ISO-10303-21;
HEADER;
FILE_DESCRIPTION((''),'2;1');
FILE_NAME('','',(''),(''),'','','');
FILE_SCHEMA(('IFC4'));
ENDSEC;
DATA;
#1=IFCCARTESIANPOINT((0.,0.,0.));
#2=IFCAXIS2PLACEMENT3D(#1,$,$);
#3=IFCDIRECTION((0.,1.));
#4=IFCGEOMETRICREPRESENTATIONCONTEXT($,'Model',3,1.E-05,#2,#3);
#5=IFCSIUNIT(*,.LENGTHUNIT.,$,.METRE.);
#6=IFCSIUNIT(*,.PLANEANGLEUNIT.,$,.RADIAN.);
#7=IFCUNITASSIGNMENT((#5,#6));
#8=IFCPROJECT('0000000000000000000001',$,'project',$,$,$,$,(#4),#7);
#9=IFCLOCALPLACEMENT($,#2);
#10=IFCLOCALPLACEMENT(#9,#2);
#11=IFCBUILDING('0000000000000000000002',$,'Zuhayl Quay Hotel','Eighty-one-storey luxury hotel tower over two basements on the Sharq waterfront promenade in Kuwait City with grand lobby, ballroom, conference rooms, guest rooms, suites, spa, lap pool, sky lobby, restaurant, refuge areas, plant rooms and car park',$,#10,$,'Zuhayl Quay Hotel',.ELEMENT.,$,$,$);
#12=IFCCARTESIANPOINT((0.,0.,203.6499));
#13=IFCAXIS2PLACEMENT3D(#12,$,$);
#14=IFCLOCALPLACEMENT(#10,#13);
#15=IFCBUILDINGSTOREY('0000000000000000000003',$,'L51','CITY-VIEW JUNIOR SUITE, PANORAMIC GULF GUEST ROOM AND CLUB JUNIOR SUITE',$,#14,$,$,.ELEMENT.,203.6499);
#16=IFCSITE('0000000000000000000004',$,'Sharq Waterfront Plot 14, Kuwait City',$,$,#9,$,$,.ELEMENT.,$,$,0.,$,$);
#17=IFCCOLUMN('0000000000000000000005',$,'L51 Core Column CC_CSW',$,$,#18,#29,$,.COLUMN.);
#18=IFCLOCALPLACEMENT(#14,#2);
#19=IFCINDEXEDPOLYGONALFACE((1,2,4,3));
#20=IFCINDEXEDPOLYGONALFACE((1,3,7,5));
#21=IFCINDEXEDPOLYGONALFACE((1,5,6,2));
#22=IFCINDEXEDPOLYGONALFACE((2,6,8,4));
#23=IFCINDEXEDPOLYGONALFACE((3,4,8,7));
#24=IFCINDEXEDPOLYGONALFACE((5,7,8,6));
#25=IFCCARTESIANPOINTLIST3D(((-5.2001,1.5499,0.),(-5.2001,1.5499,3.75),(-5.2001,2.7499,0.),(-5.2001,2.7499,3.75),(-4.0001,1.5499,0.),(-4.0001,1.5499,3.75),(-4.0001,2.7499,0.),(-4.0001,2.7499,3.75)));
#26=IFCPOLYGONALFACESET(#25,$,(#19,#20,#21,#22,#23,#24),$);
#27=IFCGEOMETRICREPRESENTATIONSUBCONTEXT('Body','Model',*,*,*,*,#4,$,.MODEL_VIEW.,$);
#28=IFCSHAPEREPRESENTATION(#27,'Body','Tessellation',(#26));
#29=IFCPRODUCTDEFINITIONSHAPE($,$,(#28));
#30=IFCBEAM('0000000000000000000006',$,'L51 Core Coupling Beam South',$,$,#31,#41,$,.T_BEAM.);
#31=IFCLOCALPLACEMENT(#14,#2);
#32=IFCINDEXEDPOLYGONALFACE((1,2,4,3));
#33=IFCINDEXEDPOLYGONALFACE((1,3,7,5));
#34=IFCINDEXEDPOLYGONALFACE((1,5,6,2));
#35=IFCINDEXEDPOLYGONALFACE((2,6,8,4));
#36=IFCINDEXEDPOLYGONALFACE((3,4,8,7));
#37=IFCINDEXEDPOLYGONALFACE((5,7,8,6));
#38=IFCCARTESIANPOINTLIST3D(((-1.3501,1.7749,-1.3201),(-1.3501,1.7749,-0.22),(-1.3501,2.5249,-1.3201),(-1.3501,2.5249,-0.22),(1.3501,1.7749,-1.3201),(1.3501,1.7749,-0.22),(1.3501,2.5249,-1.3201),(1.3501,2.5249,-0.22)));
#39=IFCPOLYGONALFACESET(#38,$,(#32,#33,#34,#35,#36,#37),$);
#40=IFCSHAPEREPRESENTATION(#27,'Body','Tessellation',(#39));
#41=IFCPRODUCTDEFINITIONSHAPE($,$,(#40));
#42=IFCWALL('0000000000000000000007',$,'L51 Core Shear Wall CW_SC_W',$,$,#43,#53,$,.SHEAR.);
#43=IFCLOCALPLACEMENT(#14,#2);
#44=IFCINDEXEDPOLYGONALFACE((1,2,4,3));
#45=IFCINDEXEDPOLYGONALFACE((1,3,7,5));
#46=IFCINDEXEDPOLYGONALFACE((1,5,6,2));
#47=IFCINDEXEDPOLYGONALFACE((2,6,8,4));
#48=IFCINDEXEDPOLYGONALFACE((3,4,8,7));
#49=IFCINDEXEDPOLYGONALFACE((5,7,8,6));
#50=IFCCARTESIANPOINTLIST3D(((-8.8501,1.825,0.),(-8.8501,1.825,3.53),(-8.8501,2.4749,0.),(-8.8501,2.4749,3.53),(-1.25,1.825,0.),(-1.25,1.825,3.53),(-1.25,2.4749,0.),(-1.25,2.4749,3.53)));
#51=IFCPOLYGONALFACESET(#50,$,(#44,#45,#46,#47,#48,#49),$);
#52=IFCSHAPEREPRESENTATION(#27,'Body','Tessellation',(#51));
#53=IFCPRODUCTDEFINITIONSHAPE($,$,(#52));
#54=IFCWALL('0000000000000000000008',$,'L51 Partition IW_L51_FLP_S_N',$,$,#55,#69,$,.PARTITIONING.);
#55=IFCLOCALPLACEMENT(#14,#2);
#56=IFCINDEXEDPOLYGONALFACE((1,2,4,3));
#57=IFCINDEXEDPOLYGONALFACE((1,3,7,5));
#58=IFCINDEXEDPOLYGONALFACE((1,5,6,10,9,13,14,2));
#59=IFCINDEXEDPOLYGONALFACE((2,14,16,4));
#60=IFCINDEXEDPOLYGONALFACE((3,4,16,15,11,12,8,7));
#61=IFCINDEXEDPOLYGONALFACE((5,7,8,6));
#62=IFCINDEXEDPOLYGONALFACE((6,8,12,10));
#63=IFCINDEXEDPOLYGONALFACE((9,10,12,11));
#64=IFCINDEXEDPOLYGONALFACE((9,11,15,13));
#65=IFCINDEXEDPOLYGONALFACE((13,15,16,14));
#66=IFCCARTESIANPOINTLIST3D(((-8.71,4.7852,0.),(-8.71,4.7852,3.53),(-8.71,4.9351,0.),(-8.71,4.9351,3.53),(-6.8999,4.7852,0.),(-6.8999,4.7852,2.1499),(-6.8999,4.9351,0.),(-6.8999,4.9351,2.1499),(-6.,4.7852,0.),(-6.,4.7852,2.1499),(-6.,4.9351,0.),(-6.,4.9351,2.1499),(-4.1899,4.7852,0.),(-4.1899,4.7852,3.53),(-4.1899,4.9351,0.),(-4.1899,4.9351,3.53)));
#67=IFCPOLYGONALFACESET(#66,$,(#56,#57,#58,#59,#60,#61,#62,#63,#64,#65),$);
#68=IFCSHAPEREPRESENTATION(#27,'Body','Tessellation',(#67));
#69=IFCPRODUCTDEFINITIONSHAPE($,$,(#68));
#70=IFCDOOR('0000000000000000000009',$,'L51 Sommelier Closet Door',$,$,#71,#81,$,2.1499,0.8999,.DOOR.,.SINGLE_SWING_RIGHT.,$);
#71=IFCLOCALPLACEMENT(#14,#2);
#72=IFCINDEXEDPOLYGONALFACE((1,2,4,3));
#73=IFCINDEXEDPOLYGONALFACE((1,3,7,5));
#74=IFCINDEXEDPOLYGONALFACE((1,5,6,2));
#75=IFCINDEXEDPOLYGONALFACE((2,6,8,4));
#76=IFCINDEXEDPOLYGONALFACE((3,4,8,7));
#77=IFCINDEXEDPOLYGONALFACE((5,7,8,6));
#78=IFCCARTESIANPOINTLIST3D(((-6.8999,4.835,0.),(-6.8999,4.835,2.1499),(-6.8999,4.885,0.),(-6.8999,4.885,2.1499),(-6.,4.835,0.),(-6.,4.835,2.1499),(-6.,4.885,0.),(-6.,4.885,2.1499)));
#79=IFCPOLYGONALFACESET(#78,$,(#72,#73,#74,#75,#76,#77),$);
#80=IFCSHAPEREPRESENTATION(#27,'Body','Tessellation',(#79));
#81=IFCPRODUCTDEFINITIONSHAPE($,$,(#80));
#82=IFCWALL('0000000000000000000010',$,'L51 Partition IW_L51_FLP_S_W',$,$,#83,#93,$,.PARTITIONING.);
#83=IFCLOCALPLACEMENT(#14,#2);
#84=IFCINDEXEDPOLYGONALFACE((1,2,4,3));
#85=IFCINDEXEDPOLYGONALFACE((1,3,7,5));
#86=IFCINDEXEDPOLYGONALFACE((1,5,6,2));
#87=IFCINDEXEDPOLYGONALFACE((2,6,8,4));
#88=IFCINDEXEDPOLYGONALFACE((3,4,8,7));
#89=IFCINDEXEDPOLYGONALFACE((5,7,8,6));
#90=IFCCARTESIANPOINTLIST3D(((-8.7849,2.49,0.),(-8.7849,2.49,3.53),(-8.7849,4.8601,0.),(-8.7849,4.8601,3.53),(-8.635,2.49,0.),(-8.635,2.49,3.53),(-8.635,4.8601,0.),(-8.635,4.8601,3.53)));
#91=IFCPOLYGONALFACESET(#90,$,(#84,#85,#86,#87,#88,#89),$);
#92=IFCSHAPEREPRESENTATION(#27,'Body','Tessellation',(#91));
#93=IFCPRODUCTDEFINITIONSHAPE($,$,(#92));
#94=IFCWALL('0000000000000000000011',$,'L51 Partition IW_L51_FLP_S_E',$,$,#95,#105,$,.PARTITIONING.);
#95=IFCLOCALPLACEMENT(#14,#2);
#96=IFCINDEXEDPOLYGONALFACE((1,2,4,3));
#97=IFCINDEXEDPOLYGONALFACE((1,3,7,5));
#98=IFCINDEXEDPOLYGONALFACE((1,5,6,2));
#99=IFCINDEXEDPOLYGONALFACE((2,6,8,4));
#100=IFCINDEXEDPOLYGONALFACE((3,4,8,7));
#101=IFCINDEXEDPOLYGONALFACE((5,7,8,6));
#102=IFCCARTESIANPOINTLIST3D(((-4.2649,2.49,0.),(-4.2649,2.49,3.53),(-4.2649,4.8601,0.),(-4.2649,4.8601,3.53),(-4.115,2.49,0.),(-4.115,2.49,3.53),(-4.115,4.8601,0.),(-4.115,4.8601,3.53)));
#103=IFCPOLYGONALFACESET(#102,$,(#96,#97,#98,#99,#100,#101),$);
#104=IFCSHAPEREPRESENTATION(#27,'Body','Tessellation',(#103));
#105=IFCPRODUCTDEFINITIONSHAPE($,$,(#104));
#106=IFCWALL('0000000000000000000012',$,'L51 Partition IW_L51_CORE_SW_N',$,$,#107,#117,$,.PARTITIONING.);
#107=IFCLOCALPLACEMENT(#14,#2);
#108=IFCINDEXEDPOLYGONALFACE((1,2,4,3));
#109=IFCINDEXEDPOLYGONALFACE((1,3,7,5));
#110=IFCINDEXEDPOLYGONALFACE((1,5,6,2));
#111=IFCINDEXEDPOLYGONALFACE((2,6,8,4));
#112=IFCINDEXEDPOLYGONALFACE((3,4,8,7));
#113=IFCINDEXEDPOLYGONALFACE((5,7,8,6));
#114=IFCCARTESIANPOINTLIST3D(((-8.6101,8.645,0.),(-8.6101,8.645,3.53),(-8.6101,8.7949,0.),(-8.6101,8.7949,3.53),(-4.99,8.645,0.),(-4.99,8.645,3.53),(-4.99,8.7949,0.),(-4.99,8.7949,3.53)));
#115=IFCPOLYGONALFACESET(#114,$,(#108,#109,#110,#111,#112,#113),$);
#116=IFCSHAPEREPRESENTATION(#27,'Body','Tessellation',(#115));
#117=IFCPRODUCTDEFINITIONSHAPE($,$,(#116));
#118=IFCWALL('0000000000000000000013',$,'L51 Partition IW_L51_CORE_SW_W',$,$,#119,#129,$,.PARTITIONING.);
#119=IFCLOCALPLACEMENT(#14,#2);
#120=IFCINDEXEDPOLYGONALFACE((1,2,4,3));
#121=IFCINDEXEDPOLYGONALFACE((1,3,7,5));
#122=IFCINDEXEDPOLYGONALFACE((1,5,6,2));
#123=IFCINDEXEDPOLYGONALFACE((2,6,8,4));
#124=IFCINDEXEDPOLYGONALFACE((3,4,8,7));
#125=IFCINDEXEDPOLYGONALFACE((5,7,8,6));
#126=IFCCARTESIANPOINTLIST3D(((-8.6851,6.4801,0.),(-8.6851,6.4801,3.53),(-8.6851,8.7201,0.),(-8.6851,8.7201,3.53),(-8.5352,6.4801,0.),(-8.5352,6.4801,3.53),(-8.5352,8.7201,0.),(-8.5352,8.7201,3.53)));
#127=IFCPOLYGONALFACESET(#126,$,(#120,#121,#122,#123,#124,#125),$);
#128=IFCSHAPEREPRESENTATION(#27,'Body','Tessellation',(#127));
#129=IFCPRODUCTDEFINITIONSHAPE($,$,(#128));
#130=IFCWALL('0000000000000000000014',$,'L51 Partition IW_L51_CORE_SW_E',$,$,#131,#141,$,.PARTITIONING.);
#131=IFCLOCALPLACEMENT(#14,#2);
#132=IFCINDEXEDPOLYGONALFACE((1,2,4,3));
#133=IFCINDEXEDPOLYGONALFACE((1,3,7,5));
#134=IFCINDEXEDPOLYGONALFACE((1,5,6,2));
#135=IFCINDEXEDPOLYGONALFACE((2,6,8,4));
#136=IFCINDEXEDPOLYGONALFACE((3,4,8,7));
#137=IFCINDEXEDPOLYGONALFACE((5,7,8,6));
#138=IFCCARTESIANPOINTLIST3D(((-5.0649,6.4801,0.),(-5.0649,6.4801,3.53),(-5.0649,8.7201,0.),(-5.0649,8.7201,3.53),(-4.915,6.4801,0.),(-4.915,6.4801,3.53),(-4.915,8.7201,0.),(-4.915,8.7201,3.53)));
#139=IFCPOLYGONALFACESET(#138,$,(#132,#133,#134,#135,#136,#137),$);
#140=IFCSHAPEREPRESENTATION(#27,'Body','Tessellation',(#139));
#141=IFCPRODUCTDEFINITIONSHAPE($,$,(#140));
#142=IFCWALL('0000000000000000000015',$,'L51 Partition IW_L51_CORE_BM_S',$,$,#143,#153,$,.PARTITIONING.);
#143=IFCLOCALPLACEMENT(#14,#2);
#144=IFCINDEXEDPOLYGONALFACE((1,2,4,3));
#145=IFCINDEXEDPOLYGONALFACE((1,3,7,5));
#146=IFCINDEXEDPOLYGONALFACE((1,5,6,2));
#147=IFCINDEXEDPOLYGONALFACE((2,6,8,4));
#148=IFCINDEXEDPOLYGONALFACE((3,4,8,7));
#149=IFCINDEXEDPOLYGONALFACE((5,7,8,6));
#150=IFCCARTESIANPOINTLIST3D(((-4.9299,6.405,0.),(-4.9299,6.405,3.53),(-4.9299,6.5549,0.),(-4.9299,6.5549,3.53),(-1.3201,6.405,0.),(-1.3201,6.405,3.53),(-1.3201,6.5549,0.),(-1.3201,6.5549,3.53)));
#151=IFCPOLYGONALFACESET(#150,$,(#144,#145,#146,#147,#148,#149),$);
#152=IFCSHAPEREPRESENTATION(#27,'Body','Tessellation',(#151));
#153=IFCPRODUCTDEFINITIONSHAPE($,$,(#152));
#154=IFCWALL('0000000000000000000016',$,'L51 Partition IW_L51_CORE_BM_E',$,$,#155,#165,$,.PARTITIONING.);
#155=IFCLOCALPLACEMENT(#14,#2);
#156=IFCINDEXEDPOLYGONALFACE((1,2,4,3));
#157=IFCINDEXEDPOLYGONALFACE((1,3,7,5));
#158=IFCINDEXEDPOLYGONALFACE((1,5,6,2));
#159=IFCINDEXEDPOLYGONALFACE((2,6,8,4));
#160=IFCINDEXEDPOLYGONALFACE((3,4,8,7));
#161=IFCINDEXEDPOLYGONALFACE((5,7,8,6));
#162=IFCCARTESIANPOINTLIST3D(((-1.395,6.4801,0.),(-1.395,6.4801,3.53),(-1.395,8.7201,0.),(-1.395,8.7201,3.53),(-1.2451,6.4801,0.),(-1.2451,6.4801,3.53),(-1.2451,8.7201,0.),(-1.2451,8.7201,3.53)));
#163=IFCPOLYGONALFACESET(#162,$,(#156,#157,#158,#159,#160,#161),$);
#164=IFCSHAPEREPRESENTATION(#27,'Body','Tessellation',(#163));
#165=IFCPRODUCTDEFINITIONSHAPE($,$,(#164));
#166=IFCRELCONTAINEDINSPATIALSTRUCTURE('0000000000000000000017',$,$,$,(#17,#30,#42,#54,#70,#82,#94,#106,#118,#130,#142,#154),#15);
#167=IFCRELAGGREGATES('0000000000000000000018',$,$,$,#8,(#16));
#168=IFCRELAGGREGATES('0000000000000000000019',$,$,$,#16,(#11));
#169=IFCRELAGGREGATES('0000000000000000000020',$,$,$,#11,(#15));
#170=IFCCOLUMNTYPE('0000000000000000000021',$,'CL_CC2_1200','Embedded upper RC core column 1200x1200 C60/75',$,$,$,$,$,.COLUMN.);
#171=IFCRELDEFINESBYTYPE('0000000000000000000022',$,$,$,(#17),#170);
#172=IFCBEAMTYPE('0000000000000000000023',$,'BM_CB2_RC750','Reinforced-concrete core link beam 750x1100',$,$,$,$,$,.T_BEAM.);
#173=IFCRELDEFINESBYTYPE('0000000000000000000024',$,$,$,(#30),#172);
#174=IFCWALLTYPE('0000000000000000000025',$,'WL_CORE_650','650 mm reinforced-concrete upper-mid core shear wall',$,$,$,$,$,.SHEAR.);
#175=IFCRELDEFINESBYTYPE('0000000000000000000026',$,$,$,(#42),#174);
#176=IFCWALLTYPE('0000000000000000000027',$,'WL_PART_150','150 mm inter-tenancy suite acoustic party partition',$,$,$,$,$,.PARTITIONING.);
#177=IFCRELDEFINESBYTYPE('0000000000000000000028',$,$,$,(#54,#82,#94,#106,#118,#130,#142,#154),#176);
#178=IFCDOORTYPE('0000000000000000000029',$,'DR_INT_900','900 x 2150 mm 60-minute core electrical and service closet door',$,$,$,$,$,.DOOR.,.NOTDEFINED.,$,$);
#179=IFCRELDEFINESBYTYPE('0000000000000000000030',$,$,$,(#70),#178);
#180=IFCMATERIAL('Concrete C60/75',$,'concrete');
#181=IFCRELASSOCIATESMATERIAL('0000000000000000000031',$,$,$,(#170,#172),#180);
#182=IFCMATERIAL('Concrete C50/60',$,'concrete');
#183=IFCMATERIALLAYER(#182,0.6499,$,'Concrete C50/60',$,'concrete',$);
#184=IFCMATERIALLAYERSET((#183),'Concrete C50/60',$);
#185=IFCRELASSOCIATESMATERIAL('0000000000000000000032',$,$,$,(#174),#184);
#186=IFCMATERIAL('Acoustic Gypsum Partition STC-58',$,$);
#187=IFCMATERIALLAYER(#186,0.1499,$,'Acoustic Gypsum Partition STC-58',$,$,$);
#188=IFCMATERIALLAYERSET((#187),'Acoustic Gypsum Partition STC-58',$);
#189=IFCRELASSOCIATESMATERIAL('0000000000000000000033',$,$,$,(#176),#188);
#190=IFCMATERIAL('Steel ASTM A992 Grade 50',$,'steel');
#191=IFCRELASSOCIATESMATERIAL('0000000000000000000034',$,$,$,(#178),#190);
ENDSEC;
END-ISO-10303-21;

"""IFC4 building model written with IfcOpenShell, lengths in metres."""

from ifc_helpers import new_model, si_unit, direction, frame, frame_2d, origin, origin_2d, place, context, subcontext, project, spatial, rectangle, extrude, material, layer, layer_set, material_profile, profile_set, type_object, element, fill, save


model = new_model("IFC4")

# Units and contexts
model_context = context("Model", 3, precision=1e-05, world=origin(), true_north=direction((0.0, 1.0)))
body_context = subcontext(model_context, "Body", "Model", "MODEL_VIEW")
ifc_project = project(units=[si_unit("LENGTHUNIT", "METRE"), si_unit("PLANEANGLEUNIT", "RADIAN")], contexts=[model_context])

# Site, building, storey
site_placement = place(None, origin())
site = spatial("IfcSite", under=ifc_project, at=site_placement, Name="Sharq Waterfront Plot 14, Kuwait City", CompositionType="ELEMENT", RefElevation=0.0)
building_placement = place(site_placement, origin())
building = spatial("IfcBuilding", under=site, at=building_placement, Name="Zuhayl Quay Hotel", Description="Eighty-one-storey luxury hotel tower over two basements on the Sharq waterfront promenade in Kuwait City with grand lobby, ballroom, conference rooms, guest rooms, suites, spa, lap pool, sky lobby, restaurant, refuge areas, plant rooms and car park", LongName="Zuhayl Quay Hotel", CompositionType="ELEMENT")
storey_placement = place(building_placement, frame((0.0, 0.0, 203.6499)))
storey = spatial("IfcBuildingStorey", under=building, at=storey_placement, Name="L51", Description="CITY-VIEW JUNIOR SUITE, PANORAMIC GULF GUEST ROOM AND CLUB JUNIOR SUITE", CompositionType="ELEMENT", Elevation=203.6499)

# Column
ifc_material_1 = material(Name="Concrete C60/75", Category="concrete")
ifc_material_profile_1 = material_profile(ifc_material_1, rectangle(XDim=1.2, YDim=1.2, at=origin_2d()), Name="RC1200X1200")
ifc_profile_set_1 = profile_set([ifc_material_profile_1], Name="Concrete C60/75")
column_type = type_object("IfcColumnType", Name="CL_CC2_1200", Description="Embedded upper RC core column 1200x1200 C60/75", PredefinedType="COLUMN", material=ifc_profile_set_1)
column_placement = place(storey_placement, frame((-4.6001, 2.1499, 0.0), z_axis=(0.0, 0.0, 1.0), x_axis=(1.0, 0.0, 0.0)))
element("IfcColumn", 1, at=column_placement, inside=storey, type_object=column_type, Name="L51 Core Column CC_CSW", PredefinedType="COLUMN", context=body_context, shape_type="SweptSolid", body=[
    extrude(rectangle(XDim=1.2, YDim=1.2, at=origin_2d()), origin(), (0.0, 0.0, 1.0), 3.75),
])

# Beam
ifc_material_profile_2 = material_profile(ifc_material_1, rectangle(XDim=0.75, YDim=1.1001, at=origin_2d()), Name="RC750X1100")
ifc_profile_set_2 = profile_set([ifc_material_profile_2], Name="Concrete C60/75")
beam_type = type_object("IfcBeamType", Name="BM_CB2_RC750", Description="Reinforced-concrete core link beam 750x1100", PredefinedType="T_BEAM", material=ifc_profile_set_2)
beam_placement = place(storey_placement, frame((-1.3501, 2.1499, -0.77), z_axis=(1.0, 0.0, 0.0), x_axis=(0.0, 1.0, 0.0)))
element("IfcBeam", 2, at=beam_placement, inside=storey, type_object=beam_type, Name="L51 Core Coupling Beam South", PredefinedType="T_BEAM", context=body_context, shape_type="SweptSolid", body=[
    extrude(rectangle(XDim=0.75, YDim=1.1001, at=origin_2d()), origin(), (0.0, 0.0, 1.0), 2.7002),
])

# Wall
ifc_material_2 = material(Name="Concrete C50/60", Category="concrete")
ifc_layer_1 = layer(ifc_material_2, 0.6499, Name="Concrete C50/60", Category="concrete")
ifc_layer_set_1 = layer_set([ifc_layer_1], Name="Concrete C50/60")
wall_type_1 = type_object("IfcWallType", Name="WL_CORE_650", Description="650 mm reinforced-concrete upper-mid core shear wall", PredefinedType="SHEAR", material=ifc_layer_set_1)
wall_1_placement = place(storey_placement, frame((-8.8501, 2.1499, 0.0), z_axis=(0.0, 0.0, 1.0), x_axis=(1.0, 0.0, 0.0)))
element("IfcWall", 3, at=wall_1_placement, inside=storey, type_object=wall_type_1, Name="L51 Core Shear Wall CW_SC_W", PredefinedType="SHEAR", context=body_context, shape_type="SweptSolid", body=[
    extrude(rectangle(XDim=7.6001, YDim=0.6499, at=frame_2d((3.8, 0.0))), origin(), (0.0, 0.0, 1.0), 3.53),
])

# Wall, opening, door
ifc_material_3 = material(Name="Acoustic Gypsum Partition STC-58")
ifc_layer_2 = layer(ifc_material_3, 0.1499, Name="Acoustic Gypsum Partition STC-58")
ifc_layer_set_2 = layer_set([ifc_layer_2], Name="Acoustic Gypsum Partition STC-58")
wall_type_2 = type_object("IfcWallType", Name="WL_PART_150", Description="150 mm inter-tenancy suite acoustic party partition", PredefinedType="PARTITIONING", material=ifc_layer_set_2)
wall_2_placement = place(storey_placement, frame((-8.71, 4.8601, 0.0), z_axis=(0.0, 0.0, 1.0), x_axis=(1.0, 0.0, 0.0)))
wall_2 = element("IfcWall", 4, at=wall_2_placement, inside=storey, type_object=wall_type_2, Name="L51 Partition IW_L51_FLP_S_N", PredefinedType="PARTITIONING", context=body_context, shape_type="SweptSolid", body=[
    extrude(rectangle(XDim=4.52, YDim=0.1499, at=frame_2d((2.26, 0.0))), origin(), (0.0, 0.0, 1.0), 3.53),
])
opening_1_placement = place(wall_2_placement, frame((1.8101, 0.0, 0.0)))
opening_1 = element("IfcOpeningElement", 5, at=opening_1_placement, cuts=wall_2, PredefinedType="OPENING", context=body_context, shape_type="SweptSolid", body=[
    extrude(rectangle(XDim=0.8999, YDim=2.1499, at=frame_2d((0.45, 1.075))), frame((0.0, 0.085, 0.0), z_axis=(0.0, -1.0, 0.0), x_axis=(1.0, 0.0, 0.0)), (0.0, 0.0, 1.0), 0.1699),
])
ifc_material_4 = material(Name="Steel ASTM A992 Grade 50", Category="steel")
door_type_1 = type_object("IfcDoorType", Name="DR_INT_900", Description="900 x 2150 mm 60-minute core electrical and service closet door", OperationType="NOTDEFINED", PredefinedType="DOOR", material=ifc_material_4)
door_1_placement = place(opening_1_placement, origin())
door_1 = element("IfcDoor", 6, at=door_1_placement, inside=storey, type_object=door_type_1, Name="L51 Sommelier Closet Door", OperationType="SINGLE_SWING_RIGHT", OverallHeight=2.1499, OverallWidth=0.8999, PredefinedType="DOOR", context=body_context, shape_type="SweptSolid", body=[
    extrude(rectangle(XDim=0.8999, YDim=2.1499, at=frame_2d((0.45, 1.075))), frame((0.0, 0.0249, 0.0), z_axis=(0.0, -1.0, 0.0), x_axis=(1.0, 0.0, 0.0)), (0.0, 0.0, 1.0), 0.05),
])
fill(opening_1, door_1)

# Walls
for number, where, z_axis, x_axis, name in (
    (7, (-8.71, 2.49, 0.0), (0.0, 0.0, 1.0), (0.0, 1.0, 0.0), "L51 Partition IW_L51_FLP_S_W"),
    (8, (-4.1899, 2.49, 0.0), (0.0, 0.0, 1.0), (0.0, 1.0, 0.0), "L51 Partition IW_L51_FLP_S_E"),
):
    element("IfcWall", number, at=place(storey_placement, frame(where, z_axis=z_axis, x_axis=x_axis)), inside=storey, type_object=wall_type_2, Name=name, PredefinedType="PARTITIONING", context=body_context, shape_type="SweptSolid", body=[
        extrude(rectangle(XDim=2.3701, YDim=0.1499, at=frame_2d((1.1851, 0.0))), origin(), (0.0, 0.0, 1.0), 3.53),
    ])
wall_3_placement = place(storey_placement, frame((-8.6101, 8.72, 0.0), z_axis=(0.0, 0.0, 1.0), x_axis=(1.0, 0.0, 0.0)))
element("IfcWall", 9, at=wall_3_placement, inside=storey, type_object=wall_type_2, Name="L51 Partition IW_L51_CORE_SW_N", PredefinedType="PARTITIONING", context=body_context, shape_type="SweptSolid", body=[
    extrude(rectangle(XDim=3.6201, YDim=0.1499, at=frame_2d((1.8101, 0.0))), origin(), (0.0, 0.0, 1.0), 3.53),
])
for number, where, z_axis, x_axis, name in (
    (10, (-8.6101, 6.48, 0.0), (0.0, 0.0, 1.0), (0.0, 1.0, 0.0), "L51 Partition IW_L51_CORE_SW_W"),
    (11, (-4.99, 6.48, 0.0), (0.0, 0.0, 1.0), (0.0, 1.0, 0.0), "L51 Partition IW_L51_CORE_SW_E"),
):
    element("IfcWall", number, at=place(storey_placement, frame(where, z_axis=z_axis, x_axis=x_axis)), inside=storey, type_object=wall_type_2, Name=name, PredefinedType="PARTITIONING", context=body_context, shape_type="SweptSolid", body=[
        extrude(rectangle(XDim=2.24, YDim=0.1499, at=frame_2d((1.1201, 0.0))), origin(), (0.0, 0.0, 1.0), 3.53),
    ])
wall_4_placement = place(storey_placement, frame((-4.9299, 6.48, 0.0), z_axis=(0.0, 0.0, 1.0), x_axis=(1.0, 0.0, 0.0)))
element("IfcWall", 12, at=wall_4_placement, inside=storey, type_object=wall_type_2, Name="L51 Partition IW_L51_CORE_BM_S", PredefinedType="PARTITIONING", context=body_context, shape_type="SweptSolid", body=[
    extrude(rectangle(XDim=3.6099, YDim=0.1499, at=frame_2d((1.8049, 0.0))), origin(), (0.0, 0.0, 1.0), 3.53),
])
wall_5_placement = place(storey_placement, frame((-1.3201, 6.48, 0.0), z_axis=(0.0, 0.0, 1.0), x_axis=(0.0, 1.0, 0.0)))
element("IfcWall", 13, at=wall_5_placement, inside=storey, type_object=wall_type_2, Name="L51 Partition IW_L51_CORE_BM_E", PredefinedType="PARTITIONING", context=body_context, shape_type="SweptSolid", body=[
    extrude(rectangle(XDim=2.24, YDim=0.1499, at=frame_2d((1.1201, 0.0))), origin(), (0.0, 0.0, 1.0), 3.53),
])

save(model, "model.ifc")
